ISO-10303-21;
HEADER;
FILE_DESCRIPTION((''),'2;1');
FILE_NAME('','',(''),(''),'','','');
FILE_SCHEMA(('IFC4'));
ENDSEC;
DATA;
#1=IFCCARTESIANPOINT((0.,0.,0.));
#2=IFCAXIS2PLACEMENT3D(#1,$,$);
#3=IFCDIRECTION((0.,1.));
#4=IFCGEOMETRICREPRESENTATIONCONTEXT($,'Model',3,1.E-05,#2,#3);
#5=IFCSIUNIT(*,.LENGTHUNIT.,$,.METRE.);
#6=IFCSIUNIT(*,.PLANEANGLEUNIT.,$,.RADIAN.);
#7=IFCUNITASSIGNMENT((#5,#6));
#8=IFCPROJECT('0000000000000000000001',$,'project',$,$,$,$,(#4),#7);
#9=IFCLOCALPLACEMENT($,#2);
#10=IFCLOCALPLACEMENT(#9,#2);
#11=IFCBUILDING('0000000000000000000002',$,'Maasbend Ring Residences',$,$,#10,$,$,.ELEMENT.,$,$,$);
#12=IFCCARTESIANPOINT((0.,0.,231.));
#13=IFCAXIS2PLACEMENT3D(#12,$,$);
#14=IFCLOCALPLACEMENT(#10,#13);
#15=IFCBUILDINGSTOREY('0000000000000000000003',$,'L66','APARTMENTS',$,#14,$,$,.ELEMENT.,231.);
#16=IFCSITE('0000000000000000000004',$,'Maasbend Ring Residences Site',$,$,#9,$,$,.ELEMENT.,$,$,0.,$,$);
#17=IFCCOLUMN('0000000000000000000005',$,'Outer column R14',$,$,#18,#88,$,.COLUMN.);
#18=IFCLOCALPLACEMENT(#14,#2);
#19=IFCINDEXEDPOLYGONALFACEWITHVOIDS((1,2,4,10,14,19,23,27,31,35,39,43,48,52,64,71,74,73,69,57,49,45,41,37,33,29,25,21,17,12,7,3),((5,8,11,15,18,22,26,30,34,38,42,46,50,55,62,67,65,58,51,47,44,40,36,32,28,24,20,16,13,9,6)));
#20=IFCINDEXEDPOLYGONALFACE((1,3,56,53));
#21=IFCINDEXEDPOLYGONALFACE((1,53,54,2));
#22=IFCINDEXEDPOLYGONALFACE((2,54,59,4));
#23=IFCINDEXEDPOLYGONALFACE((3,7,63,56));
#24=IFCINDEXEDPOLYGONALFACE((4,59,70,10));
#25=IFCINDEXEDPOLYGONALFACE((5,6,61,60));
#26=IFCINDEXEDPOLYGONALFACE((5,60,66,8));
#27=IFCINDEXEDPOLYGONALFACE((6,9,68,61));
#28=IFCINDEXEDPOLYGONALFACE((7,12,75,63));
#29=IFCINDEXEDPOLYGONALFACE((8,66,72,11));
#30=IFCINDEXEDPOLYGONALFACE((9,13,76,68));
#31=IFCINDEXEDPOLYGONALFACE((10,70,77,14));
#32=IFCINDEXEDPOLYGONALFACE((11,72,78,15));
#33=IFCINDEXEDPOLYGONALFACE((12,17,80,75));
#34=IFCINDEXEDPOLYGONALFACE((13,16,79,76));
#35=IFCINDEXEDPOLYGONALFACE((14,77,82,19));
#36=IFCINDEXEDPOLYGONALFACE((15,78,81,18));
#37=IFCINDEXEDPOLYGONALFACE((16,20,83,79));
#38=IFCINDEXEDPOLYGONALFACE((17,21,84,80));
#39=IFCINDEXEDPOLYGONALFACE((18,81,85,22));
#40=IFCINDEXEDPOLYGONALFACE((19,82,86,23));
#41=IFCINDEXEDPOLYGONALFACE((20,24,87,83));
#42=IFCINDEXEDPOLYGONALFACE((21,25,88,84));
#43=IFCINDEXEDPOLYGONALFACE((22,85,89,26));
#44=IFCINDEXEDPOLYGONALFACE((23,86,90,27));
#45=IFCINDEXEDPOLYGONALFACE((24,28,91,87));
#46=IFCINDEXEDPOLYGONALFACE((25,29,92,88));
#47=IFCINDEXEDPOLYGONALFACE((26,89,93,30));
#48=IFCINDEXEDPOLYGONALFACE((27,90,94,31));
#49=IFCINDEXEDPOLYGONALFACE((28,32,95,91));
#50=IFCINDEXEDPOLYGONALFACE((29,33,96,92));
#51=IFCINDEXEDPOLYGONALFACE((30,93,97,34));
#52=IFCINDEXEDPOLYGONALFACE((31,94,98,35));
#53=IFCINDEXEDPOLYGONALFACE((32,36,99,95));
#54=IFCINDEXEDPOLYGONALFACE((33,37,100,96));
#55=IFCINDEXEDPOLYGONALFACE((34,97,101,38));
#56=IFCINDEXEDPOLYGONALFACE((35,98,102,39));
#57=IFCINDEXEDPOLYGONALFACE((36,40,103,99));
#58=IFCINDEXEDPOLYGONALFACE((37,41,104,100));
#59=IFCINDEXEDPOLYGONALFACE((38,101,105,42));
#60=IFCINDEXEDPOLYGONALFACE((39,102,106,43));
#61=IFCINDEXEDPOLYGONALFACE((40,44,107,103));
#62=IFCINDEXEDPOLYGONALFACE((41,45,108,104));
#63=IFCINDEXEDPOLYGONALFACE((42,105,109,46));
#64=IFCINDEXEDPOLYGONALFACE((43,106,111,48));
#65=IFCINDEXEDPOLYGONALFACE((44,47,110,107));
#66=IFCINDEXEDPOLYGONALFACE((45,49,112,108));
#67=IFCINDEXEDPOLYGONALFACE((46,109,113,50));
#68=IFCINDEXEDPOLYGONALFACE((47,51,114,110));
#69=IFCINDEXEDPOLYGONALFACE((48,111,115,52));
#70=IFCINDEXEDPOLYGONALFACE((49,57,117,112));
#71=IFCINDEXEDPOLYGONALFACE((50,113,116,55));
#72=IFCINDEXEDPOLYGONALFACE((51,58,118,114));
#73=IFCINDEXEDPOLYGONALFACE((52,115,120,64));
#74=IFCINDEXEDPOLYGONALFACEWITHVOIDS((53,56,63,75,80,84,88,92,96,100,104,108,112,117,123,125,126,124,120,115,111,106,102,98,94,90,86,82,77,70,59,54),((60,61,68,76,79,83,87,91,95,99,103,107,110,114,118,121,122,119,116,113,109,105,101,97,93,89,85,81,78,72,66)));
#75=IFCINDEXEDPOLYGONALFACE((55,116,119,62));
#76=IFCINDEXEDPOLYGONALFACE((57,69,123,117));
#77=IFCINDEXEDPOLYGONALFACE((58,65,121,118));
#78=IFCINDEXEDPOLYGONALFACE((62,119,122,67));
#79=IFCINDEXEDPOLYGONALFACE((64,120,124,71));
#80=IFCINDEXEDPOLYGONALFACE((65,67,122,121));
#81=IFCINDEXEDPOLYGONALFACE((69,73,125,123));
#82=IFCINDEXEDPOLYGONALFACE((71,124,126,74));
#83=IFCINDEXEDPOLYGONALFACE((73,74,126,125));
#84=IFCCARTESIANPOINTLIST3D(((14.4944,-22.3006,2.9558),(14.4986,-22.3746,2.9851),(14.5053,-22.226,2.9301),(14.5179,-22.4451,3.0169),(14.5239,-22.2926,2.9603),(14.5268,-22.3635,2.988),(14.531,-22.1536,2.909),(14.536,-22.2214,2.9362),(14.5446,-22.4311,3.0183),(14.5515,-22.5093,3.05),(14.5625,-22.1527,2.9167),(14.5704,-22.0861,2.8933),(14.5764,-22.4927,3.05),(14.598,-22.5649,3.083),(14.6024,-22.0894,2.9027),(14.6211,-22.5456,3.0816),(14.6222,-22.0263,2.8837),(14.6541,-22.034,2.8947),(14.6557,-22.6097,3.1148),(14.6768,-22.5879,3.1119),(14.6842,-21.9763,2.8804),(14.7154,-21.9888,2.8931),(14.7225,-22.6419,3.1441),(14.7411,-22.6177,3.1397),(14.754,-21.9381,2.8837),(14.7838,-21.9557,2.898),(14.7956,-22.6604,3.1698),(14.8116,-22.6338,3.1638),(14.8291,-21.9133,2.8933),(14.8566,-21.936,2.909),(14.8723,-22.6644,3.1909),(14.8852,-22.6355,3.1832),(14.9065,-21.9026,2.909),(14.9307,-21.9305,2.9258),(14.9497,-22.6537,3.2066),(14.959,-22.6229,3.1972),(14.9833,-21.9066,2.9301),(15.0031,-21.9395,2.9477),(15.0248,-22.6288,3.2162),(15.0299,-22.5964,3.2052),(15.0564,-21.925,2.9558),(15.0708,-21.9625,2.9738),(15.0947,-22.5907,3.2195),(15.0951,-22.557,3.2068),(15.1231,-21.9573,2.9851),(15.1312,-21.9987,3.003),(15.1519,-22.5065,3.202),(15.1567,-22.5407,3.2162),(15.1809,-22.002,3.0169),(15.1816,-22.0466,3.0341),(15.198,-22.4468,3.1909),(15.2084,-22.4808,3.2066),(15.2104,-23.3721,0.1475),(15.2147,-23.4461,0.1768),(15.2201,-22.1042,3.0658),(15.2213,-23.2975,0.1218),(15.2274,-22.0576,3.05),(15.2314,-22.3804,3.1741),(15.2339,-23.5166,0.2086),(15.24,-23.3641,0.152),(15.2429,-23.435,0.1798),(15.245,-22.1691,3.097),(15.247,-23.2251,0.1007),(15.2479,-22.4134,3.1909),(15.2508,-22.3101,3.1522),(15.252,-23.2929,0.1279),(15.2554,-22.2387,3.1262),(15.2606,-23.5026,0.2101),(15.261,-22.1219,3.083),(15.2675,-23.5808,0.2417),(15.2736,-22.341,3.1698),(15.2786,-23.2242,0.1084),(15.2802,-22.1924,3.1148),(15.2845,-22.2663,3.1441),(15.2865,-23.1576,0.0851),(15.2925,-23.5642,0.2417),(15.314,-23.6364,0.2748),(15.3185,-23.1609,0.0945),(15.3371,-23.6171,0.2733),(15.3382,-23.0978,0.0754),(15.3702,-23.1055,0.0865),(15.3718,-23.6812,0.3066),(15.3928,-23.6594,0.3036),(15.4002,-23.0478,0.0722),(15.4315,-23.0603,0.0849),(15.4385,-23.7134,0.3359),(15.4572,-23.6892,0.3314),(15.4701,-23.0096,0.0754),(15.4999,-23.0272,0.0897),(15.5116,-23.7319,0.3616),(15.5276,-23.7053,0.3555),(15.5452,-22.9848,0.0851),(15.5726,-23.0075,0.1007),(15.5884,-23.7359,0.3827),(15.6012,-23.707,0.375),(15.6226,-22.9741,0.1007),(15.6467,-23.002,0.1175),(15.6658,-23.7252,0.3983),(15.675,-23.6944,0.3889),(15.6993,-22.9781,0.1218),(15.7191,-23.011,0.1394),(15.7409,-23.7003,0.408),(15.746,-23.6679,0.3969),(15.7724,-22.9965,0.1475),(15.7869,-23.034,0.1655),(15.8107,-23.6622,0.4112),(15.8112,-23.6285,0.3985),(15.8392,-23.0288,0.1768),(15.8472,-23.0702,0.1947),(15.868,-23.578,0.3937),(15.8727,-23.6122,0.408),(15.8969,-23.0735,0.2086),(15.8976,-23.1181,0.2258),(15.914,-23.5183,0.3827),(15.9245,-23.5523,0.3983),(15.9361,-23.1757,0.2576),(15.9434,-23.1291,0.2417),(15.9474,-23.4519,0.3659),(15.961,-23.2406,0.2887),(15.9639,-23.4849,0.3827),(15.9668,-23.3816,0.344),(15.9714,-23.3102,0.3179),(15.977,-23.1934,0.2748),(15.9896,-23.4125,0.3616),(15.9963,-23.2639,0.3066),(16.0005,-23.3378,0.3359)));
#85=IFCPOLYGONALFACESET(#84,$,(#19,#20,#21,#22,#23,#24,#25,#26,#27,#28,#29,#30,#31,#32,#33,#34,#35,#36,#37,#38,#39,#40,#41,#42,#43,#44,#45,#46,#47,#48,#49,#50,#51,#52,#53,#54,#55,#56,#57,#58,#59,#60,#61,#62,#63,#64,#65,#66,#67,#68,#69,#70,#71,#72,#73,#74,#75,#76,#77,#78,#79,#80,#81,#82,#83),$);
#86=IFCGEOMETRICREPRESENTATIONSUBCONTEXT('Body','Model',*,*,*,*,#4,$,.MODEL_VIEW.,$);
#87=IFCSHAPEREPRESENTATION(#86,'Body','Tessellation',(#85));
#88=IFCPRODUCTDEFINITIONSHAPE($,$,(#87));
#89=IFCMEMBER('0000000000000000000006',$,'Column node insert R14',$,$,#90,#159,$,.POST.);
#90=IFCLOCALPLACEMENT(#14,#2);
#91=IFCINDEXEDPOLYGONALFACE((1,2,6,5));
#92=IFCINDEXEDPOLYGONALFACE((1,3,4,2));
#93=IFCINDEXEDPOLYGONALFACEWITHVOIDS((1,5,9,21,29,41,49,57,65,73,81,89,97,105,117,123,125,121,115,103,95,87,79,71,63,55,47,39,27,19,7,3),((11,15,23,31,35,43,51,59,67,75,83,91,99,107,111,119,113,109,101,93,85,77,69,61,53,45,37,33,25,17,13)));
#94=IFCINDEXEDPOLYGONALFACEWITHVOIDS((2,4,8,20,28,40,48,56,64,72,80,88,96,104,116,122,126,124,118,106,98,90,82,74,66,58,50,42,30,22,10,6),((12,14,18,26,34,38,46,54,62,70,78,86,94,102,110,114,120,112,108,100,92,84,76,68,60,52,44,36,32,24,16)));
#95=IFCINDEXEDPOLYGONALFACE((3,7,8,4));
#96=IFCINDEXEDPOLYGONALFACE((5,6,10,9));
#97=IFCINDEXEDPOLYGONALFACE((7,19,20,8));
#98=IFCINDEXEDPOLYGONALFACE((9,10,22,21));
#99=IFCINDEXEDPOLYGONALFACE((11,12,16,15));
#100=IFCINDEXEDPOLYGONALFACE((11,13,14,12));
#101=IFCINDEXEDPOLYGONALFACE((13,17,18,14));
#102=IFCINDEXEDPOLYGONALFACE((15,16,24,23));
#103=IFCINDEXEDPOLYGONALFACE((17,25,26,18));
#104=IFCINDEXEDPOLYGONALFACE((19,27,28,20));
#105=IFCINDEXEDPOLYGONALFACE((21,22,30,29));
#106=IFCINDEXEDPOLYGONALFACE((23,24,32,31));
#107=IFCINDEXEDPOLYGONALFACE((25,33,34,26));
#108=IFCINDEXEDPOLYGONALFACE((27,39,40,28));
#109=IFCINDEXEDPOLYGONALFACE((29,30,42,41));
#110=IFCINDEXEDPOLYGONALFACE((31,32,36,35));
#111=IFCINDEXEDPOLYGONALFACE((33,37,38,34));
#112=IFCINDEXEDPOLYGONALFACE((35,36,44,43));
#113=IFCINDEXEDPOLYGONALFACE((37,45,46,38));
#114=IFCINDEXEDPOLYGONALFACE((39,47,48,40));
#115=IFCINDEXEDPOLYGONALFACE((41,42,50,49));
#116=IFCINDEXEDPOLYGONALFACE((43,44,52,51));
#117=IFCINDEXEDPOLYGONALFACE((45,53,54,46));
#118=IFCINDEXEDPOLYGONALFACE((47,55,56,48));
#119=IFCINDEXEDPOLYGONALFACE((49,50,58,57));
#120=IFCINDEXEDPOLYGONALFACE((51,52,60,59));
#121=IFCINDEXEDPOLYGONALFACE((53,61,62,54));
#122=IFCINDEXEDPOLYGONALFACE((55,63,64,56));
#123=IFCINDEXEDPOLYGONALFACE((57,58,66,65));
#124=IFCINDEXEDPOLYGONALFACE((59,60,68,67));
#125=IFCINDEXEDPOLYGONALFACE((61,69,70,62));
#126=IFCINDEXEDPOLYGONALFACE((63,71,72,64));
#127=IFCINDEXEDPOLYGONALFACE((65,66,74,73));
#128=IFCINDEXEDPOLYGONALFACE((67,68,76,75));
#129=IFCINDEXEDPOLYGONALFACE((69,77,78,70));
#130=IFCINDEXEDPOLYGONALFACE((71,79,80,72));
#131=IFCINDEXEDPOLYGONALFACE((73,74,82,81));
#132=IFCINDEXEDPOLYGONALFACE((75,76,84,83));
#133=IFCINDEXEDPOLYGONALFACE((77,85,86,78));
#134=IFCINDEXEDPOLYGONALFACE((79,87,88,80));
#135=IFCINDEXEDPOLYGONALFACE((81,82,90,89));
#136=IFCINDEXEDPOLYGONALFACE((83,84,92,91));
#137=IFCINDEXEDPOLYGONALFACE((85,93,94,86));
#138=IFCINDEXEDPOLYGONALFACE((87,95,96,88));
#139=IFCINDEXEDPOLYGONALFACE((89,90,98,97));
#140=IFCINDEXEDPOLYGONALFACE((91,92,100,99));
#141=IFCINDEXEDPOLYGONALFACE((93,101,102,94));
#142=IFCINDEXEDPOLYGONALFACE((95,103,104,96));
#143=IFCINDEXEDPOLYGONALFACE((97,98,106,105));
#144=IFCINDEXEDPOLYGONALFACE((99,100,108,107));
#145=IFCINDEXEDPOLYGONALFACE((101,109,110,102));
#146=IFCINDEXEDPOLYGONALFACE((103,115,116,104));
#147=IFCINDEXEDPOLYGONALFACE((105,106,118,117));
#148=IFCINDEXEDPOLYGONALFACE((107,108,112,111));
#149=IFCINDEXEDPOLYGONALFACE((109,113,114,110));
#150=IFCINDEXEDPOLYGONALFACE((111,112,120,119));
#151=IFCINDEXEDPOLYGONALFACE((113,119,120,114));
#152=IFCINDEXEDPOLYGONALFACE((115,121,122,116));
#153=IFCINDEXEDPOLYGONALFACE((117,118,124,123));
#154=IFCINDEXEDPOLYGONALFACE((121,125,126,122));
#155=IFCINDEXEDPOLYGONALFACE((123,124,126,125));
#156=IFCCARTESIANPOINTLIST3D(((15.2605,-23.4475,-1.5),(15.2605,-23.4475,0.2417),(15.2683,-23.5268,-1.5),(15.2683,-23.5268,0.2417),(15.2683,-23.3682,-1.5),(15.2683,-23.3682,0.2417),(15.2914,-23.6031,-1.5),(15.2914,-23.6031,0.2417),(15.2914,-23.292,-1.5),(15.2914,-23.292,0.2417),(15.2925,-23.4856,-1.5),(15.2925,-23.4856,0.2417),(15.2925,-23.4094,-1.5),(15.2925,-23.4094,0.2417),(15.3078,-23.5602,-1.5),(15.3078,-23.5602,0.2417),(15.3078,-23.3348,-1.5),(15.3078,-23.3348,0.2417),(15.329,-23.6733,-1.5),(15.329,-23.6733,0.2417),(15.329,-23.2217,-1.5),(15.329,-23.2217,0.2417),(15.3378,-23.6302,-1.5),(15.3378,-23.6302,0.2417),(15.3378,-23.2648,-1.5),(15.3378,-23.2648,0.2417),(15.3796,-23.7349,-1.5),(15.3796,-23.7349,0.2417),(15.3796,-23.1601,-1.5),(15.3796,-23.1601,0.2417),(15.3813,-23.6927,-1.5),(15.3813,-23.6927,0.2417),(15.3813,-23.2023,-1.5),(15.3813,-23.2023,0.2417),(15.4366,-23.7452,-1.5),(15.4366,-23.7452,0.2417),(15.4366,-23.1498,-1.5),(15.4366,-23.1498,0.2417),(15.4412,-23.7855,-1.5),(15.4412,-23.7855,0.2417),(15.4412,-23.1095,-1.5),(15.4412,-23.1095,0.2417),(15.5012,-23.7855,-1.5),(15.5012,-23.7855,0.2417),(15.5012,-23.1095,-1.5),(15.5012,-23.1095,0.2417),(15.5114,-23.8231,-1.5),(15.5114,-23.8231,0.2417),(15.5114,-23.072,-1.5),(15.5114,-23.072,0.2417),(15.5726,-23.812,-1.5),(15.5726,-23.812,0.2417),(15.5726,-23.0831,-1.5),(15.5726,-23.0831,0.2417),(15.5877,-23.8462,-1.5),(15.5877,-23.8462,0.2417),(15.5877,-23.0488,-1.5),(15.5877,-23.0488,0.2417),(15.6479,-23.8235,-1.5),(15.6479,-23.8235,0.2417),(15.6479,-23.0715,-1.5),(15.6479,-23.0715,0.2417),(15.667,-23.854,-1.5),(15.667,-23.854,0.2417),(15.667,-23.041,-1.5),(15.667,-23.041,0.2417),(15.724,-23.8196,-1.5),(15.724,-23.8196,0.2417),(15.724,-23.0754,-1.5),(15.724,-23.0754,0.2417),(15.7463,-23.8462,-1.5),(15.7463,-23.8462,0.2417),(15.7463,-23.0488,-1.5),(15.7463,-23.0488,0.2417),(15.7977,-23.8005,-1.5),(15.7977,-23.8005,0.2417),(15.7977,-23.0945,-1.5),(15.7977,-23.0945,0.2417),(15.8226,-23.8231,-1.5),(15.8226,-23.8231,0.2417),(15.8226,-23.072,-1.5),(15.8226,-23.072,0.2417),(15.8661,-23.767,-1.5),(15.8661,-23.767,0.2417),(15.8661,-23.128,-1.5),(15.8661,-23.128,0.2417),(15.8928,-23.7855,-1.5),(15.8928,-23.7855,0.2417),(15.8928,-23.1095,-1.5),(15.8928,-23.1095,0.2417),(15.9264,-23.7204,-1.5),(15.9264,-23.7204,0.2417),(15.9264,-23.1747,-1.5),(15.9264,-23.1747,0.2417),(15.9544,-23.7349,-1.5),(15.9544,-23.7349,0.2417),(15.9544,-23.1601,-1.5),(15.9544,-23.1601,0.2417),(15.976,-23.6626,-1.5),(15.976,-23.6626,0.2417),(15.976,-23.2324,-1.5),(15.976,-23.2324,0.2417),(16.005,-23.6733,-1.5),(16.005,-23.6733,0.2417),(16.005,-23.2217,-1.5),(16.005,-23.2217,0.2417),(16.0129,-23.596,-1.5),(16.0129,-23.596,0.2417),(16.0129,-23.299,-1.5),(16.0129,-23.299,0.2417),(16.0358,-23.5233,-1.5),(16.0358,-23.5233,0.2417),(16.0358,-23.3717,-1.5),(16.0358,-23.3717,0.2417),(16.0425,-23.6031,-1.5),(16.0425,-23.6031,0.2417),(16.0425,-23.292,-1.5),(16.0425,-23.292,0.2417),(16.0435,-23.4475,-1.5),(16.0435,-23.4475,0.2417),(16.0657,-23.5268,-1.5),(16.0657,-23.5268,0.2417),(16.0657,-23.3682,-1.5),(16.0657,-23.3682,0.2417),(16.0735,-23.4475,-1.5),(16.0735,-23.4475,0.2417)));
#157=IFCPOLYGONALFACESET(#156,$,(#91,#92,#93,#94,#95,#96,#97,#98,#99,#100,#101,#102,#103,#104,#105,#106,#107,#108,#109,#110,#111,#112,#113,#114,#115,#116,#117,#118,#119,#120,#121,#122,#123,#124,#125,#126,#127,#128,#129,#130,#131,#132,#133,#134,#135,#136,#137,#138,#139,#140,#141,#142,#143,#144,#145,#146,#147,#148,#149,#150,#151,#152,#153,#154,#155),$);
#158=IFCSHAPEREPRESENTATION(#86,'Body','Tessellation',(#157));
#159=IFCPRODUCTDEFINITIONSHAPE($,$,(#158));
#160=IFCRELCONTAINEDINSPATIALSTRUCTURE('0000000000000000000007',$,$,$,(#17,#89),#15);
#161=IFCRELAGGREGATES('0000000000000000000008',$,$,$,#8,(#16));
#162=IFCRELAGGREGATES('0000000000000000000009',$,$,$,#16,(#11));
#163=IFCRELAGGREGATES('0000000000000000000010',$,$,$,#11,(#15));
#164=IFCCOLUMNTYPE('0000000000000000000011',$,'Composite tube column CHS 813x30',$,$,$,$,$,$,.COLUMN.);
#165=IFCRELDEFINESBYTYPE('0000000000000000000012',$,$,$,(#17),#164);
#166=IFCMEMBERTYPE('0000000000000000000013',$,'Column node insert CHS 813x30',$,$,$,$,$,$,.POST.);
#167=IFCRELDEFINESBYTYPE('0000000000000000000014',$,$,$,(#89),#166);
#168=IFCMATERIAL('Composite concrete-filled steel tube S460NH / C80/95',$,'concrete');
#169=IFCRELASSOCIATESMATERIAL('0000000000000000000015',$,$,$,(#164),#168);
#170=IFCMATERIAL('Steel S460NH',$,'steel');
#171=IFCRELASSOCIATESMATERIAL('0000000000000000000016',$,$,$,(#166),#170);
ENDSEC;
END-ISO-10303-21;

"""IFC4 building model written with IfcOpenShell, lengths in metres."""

from ifc_helpers import new_model, si_unit, direction, frame, origin, origin_2d, place, context, subcontext, project, spatial, hollow_circle, extrude, material, material_profile, profile_set, type_object, element, save


model = new_model("IFC4")

# Units and contexts
model_context = context("Model", 3, precision=1e-05, world=origin(), true_north=direction((0.0, 1.0)))
body_context = subcontext(model_context, "Body", "Model", "MODEL_VIEW")
ifc_project = project(units=[si_unit("LENGTHUNIT", "METRE"), si_unit("PLANEANGLEUNIT", "RADIAN")], contexts=[model_context])

# Site, building, storey
site_placement = place(None, origin())
site = spatial("IfcSite", under=ifc_project, at=site_placement, Name="Maasbend Ring Residences Site", CompositionType="ELEMENT", RefElevation=0.0)
building_placement = place(site_placement, origin())
building = spatial("IfcBuilding", under=site, at=building_placement, Name="Maasbend Ring Residences", CompositionType="ELEMENT")
storey_placement = place(building_placement, frame((0.0, 0.0, 231.0)))
storey = spatial("IfcBuildingStorey", under=building, at=storey_placement, Name="L66", Description="APARTMENTS", CompositionType="ELEMENT", Elevation=231.0)

# Column
ifc_material_1 = material(Name="Composite concrete-filled steel tube S460NH / C80/95", Category="concrete")
ifc_material_profile_1 = material_profile(ifc_material_1, hollow_circle(Radius=0.4065, WallThickness=0.03, at=origin_2d()), Name="Composite tube column CHS 813x30")
ifc_profile_set_1 = profile_set([ifc_material_profile_1], Name="Composite concrete-filled steel tube S460NH / C80/95")
column_type = type_object("IfcColumnType", Name="Composite tube column CHS 813x30", PredefinedType="COLUMN", material=ifc_profile_set_1)
column_placement = place(storey_placement, frame((15.6055, -23.355, 0.2417), z_axis=(-0.23174, 0.346781, 0.908867), x_axis=(-0.831438, -0.555618, 0.0)))
element("IfcColumn", 1, at=column_placement, inside=storey, type_object=column_type, Name="Outer column R14", PredefinedType="COLUMN", context=body_context, shape_type="SweptSolid", body=[
    extrude(hollow_circle(Radius=0.4065, WallThickness=0.03, at=origin_2d()), origin(), (0.0, 0.0, 1.0), 3.0898),
])

# Member
ifc_material_2 = material(Name="Steel S460NH", Category="steel")
ifc_material_profile_2 = material_profile(ifc_material_2, hollow_circle(Radius=0.4065, WallThickness=0.03, at=origin_2d()), Name="Column node insert CHS 813x30")
ifc_profile_set_2 = profile_set([ifc_material_profile_2], Name="Steel S460NH")
member_type = type_object("IfcMemberType", Name="Column node insert CHS 813x30", PredefinedType="POST", material=ifc_profile_set_2)
member_placement = place(storey_placement, frame((15.667, -23.4475, -1.5), z_axis=(0.0, 0.0, 1.0), x_axis=(1.0, 0.0, 0.0)))
element("IfcMember", 2, at=member_placement, inside=storey, type_object=member_type, Name="Column node insert R14", PredefinedType="POST", context=body_context, shape_type="SweptSolid", body=[
    extrude(hollow_circle(Radius=0.4065, WallThickness=0.03, at=origin_2d()), origin(), (0.0, 0.0, 1.0), 1.7417),
])

save(model, "model.ifc")
